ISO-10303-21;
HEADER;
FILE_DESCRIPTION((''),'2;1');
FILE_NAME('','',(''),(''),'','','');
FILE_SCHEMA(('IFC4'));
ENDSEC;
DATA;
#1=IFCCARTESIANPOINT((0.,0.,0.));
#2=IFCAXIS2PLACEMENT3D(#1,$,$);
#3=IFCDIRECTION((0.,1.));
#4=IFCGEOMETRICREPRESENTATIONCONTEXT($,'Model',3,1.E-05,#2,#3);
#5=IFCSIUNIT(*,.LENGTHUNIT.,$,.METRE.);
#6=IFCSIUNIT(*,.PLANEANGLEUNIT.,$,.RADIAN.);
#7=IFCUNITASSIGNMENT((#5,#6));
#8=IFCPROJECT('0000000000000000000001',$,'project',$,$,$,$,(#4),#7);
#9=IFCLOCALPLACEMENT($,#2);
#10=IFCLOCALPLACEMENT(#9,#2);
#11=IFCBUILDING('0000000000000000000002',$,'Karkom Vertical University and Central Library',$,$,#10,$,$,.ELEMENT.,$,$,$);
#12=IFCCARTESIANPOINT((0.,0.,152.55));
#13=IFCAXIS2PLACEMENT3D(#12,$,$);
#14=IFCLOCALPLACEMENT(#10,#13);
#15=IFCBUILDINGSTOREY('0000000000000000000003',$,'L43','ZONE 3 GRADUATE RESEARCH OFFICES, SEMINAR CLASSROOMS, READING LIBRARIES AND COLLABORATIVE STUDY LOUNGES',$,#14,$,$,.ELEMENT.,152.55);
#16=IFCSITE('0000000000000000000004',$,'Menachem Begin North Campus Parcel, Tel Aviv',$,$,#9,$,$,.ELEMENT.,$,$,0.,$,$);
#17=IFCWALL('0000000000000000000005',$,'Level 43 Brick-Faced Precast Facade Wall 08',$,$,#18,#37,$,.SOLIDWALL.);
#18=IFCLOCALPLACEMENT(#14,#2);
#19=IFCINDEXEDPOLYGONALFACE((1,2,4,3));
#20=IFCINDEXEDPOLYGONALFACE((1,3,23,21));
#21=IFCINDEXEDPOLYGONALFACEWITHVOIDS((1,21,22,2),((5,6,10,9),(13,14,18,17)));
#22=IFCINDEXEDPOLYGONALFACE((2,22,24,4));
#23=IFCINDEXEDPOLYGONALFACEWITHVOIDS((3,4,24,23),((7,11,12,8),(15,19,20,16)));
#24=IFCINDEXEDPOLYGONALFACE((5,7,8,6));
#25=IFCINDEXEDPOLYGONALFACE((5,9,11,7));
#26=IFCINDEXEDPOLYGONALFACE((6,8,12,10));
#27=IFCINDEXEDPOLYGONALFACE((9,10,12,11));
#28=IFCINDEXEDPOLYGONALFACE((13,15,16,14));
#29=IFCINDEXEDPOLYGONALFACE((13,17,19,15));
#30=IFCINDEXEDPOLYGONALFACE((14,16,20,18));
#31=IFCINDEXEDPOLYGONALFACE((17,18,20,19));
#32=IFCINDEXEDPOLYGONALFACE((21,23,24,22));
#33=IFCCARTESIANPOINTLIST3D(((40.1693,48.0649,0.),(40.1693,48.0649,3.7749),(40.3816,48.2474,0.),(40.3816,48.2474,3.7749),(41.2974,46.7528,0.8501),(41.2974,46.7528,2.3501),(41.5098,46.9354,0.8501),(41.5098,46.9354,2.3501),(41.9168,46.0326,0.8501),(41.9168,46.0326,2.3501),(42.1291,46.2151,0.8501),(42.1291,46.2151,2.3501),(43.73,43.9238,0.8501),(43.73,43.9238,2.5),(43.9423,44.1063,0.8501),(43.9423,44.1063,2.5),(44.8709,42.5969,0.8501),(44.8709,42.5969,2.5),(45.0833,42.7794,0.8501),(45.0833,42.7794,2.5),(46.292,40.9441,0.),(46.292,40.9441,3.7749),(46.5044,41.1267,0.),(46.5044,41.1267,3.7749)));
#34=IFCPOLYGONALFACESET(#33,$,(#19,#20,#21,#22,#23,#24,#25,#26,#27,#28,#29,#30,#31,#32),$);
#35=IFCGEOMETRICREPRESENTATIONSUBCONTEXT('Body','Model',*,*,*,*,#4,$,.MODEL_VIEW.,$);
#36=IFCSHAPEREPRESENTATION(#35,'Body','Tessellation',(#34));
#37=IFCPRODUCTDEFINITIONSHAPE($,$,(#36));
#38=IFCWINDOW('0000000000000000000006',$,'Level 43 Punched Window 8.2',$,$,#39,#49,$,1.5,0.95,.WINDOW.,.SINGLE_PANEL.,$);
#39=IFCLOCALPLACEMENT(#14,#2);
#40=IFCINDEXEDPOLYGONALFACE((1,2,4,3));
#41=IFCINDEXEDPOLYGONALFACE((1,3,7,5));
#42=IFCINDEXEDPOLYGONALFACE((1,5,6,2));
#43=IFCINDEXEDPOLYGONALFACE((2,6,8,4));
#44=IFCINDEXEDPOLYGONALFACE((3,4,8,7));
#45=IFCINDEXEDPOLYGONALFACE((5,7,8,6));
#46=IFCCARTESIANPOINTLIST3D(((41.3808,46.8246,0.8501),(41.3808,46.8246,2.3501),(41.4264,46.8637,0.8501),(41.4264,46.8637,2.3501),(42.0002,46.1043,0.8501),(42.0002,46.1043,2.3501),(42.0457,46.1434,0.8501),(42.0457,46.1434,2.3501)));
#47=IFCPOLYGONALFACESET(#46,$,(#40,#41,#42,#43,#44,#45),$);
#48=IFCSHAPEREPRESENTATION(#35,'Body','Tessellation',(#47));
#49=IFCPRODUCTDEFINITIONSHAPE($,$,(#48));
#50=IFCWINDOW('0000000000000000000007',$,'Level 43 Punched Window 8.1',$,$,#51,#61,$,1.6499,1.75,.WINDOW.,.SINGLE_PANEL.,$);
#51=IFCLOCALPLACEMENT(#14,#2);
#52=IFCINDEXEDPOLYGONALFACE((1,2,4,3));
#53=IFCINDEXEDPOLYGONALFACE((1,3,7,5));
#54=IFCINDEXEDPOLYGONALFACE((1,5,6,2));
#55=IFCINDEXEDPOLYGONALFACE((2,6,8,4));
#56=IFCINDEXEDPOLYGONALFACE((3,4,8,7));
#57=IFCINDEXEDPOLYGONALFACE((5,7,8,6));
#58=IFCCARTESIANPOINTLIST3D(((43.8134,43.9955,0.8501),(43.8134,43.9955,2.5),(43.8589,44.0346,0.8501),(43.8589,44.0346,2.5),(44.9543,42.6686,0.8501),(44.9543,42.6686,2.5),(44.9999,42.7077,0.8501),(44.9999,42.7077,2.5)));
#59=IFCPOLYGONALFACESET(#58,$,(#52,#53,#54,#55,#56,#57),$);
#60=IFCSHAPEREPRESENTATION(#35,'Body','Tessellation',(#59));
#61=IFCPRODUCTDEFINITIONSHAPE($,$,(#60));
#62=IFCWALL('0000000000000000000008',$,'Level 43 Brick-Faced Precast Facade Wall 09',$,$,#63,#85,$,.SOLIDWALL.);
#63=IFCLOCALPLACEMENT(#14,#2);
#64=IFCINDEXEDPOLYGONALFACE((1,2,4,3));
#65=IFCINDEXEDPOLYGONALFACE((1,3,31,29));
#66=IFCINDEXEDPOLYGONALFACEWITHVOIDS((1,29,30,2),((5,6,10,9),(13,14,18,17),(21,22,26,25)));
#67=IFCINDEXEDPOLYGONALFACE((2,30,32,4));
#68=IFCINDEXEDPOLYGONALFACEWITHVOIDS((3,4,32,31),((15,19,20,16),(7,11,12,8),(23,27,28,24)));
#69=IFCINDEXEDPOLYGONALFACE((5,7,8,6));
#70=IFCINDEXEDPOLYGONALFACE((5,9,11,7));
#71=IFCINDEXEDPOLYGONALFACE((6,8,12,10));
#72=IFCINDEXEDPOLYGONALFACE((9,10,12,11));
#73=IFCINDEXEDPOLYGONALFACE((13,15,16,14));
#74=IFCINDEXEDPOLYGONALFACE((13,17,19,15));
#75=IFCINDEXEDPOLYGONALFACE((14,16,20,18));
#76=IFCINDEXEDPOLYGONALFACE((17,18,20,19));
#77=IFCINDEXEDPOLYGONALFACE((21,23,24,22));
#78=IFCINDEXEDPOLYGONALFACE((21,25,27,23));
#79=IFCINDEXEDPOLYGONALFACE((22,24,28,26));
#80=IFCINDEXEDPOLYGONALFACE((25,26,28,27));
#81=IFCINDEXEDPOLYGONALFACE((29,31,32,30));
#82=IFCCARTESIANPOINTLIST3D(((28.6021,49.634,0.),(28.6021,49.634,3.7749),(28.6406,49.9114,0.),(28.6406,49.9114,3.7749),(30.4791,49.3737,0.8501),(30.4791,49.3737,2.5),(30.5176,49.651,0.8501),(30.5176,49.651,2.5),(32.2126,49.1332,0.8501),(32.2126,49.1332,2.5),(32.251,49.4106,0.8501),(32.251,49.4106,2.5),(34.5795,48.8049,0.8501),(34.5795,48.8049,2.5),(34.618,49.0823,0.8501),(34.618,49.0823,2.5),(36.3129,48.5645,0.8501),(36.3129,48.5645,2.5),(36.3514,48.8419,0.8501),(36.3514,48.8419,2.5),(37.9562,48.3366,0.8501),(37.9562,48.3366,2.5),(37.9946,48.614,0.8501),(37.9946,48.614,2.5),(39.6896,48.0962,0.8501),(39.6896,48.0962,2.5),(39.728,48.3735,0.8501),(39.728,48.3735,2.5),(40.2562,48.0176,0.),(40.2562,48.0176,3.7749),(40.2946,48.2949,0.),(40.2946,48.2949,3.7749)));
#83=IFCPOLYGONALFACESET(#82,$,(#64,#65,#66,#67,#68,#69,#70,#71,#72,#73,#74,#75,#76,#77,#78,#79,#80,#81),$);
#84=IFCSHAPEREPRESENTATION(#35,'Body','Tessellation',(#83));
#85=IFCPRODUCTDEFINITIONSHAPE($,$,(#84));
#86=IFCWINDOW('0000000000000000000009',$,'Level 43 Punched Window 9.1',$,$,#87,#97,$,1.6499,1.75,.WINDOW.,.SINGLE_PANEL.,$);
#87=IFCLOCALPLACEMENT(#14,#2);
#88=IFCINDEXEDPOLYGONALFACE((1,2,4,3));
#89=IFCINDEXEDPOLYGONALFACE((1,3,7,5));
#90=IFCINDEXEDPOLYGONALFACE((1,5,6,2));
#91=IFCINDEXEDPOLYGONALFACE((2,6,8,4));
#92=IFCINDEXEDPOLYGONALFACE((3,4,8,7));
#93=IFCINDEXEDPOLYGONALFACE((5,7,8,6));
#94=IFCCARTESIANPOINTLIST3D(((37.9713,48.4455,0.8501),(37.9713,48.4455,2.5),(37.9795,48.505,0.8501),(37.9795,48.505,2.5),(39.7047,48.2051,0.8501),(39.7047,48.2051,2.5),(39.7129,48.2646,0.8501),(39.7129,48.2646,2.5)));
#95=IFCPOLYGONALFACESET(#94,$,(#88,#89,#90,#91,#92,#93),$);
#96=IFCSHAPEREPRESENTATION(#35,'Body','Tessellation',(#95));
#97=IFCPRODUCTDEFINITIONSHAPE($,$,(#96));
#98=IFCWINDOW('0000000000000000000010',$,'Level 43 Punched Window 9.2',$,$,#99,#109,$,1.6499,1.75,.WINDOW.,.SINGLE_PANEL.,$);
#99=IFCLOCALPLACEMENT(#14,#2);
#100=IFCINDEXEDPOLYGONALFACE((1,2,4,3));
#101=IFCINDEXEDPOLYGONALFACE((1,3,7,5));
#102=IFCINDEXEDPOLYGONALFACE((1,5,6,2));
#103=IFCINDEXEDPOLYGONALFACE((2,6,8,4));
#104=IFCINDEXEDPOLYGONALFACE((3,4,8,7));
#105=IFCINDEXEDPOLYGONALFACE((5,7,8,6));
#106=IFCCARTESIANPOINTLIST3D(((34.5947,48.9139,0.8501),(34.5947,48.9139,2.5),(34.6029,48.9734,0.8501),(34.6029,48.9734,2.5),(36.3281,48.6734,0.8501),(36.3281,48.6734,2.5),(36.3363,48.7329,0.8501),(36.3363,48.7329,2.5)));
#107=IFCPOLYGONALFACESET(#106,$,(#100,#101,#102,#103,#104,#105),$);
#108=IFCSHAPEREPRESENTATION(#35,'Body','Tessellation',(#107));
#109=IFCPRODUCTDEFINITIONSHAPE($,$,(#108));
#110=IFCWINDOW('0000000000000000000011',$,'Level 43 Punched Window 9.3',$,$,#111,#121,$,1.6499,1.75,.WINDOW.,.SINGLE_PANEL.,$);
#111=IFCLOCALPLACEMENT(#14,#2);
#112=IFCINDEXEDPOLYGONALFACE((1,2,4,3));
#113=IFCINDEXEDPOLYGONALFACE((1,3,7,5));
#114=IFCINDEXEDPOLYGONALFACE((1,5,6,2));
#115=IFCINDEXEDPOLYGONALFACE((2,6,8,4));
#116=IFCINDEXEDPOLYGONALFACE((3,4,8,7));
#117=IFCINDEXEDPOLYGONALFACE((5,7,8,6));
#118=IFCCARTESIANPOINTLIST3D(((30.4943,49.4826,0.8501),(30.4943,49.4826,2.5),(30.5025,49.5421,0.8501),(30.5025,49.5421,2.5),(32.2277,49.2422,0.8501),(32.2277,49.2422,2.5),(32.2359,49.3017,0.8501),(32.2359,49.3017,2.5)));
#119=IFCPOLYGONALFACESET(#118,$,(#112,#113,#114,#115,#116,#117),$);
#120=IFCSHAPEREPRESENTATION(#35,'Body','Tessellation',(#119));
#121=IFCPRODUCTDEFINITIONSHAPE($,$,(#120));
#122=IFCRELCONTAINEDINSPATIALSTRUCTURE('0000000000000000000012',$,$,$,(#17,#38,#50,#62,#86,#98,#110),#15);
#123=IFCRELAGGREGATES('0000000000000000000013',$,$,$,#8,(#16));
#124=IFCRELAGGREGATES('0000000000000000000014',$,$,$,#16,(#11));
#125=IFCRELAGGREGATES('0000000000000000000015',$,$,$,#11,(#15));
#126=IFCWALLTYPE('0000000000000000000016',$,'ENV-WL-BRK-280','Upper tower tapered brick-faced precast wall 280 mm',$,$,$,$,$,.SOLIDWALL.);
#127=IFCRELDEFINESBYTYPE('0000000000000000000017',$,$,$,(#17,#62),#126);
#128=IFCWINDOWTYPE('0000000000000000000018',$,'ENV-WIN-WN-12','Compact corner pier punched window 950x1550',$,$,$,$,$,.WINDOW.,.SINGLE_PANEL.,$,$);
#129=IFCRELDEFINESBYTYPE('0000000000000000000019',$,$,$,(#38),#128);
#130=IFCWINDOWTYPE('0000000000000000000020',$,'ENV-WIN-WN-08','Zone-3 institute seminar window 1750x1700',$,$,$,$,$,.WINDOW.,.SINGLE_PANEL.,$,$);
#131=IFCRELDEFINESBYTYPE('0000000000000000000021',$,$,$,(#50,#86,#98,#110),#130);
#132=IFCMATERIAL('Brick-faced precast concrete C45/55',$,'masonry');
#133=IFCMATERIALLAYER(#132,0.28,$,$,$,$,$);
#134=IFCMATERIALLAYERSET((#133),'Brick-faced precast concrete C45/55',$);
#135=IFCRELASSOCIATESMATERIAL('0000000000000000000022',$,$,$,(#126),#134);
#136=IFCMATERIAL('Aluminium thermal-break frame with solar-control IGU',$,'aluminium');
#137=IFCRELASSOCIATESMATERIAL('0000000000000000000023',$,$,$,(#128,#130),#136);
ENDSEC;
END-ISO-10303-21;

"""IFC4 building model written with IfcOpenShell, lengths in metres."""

from ifc_helpers import new_model, si_unit, direction, frame, frame_2d, origin, origin_with_axes, place, context, subcontext, project, spatial, rectangle, extrude, source, transform, mapped, material, layer, layer_set, type_object, element, fill, save


model = new_model("IFC4")

# Units and contexts
model_context = context("Model", 3, precision=1e-05, world=origin(), true_north=direction((0.0, 1.0)))
body_context = subcontext(model_context, "Body", "Model", "MODEL_VIEW")
ifc_project = project(units=[si_unit("LENGTHUNIT", "METRE"), si_unit("PLANEANGLEUNIT", "RADIAN")], contexts=[model_context])

# Site, building, storey
site_placement = place(None, origin())
site = spatial("IfcSite", under=ifc_project, at=site_placement, Name="Menachem Begin North Campus Parcel, Tel Aviv", CompositionType="ELEMENT", RefElevation=0.0)
building_placement = place(site_placement, origin())
building = spatial("IfcBuilding", under=site, at=building_placement, Name="Karkom Vertical University and Central Library", CompositionType="ELEMENT")
storey_placement = place(building_placement, frame((0.0, 0.0, 152.55)))
storey = spatial("IfcBuildingStorey", under=building, at=storey_placement, Name="L43", Description="ZONE 3 GRADUATE RESEARCH OFFICES, SEMINAR CLASSROOMS, READING LIBRARIES AND COLLABORATIVE STUDY LOUNGES", CompositionType="ELEMENT", Elevation=152.55)

# Walls, openings, windows
ifc_material_1 = material(Name="Brick-faced precast concrete C45/55", Category="masonry")
ifc_layer_1 = layer(ifc_material_1, 0.28)
ifc_layer_set_1 = layer_set([ifc_layer_1], Name="Brick-faced precast concrete C45/55")
wall_type_1 = type_object("IfcWallType", Name="ENV-WL-BRK-280", Description="Upper tower tapered brick-faced precast wall 280 mm", PredefinedType="SOLIDWALL", material=ifc_layer_set_1)
wall_1_placement = place(storey_placement, frame((46.3982, 41.0354, 0.0), z_axis=(0.0, 0.0, 1.0), x_axis=(-0.65197, 0.758245, 0.0)))
wall_1 = element("IfcWall", 1, at=wall_1_placement, inside=storey, type_object=wall_type_1, Name="Level 43 Brick-Faced Precast Facade Wall 08", PredefinedType="SOLIDWALL", context=body_context, shape_type="SweptSolid", body=[
    extrude(rectangle(XDim=9.3911, YDim=0.28, at=frame_2d((4.6956, 0.0))), origin(), (0.0, 0.0, 1.0), 3.7749),
])
opening_1_placement = place(wall_1_placement, frame((2.1797, 0.0, 0.8501)))
opening_1 = element("IfcOpeningElement", 2, at=opening_1_placement, cuts=wall_1, PredefinedType="OPENING", context=body_context, shape_type="SweptSolid", body=[
    extrude(rectangle(XDim=1.75, YDim=1.6499, at=frame_2d((0.875, 0.825))), frame((0.0, 0.1499, 0.0), z_axis=(0.0, -1.0, 0.0), x_axis=(1.0, 0.0, 0.0)), (0.0, 0.0, 1.0), 0.3),
])
opening_2_placement = place(wall_1_placement, frame((6.7107, 0.0, 0.8501)))
opening_2 = element("IfcOpeningElement", 3, at=opening_2_placement, cuts=wall_1, PredefinedType="OPENING", context=body_context, shape_type="SweptSolid", body=[
    extrude(rectangle(XDim=0.95, YDim=1.5, at=frame_2d((0.4751, 0.75))), frame((0.0, 0.1499, 0.0), z_axis=(0.0, -1.0, 0.0), x_axis=(1.0, 0.0, 0.0)), (0.0, 0.0, 1.0), 0.3),
])
ifc_material_2 = material(Name="Aluminium thermal-break frame with solar-control IGU", Category="aluminium")
window_type_1 = type_object("IfcWindowType", Name="ENV-WIN-WN-12", Description="Compact corner pier punched window 950x1550", PartitioningType="SINGLE_PANEL", PredefinedType="WINDOW", material=ifc_material_2)
shared_shape_1 = source(origin_with_axes(), body_context, "Body", "SweptSolid", [
    extrude(rectangle(XDim=0.95, YDim=1.5, at=frame_2d((0.4751, 0.75))), frame((0.0, 0.03, 0.0), z_axis=(0.0, -1.0, 0.0), x_axis=(1.0, 0.0, 0.0)), (0.0, 0.0, 1.0), 0.0601),
])
window_1_placement = place(opening_2_placement, origin())
window_1 = element("IfcWindow", 4, at=window_1_placement, inside=storey, type_object=window_type_1, Name="Level 43 Punched Window 8.2", OverallHeight=1.5, OverallWidth=0.95, PartitioningType="SINGLE_PANEL", PredefinedType="WINDOW", context=body_context, shape_type="MappedRepresentation", body=[
    mapped(shared_shape_1, transform((0.0, 0.0, 0.0), scale=1.0)),
])
fill(opening_2, window_1)
window_type_2 = type_object("IfcWindowType", Name="ENV-WIN-WN-08", Description="Zone-3 institute seminar window 1750x1700", PartitioningType="SINGLE_PANEL", PredefinedType="WINDOW", material=ifc_material_2)
shared_shape_2 = source(origin_with_axes(), body_context, "Body", "SweptSolid", [
    extrude(rectangle(XDim=1.75, YDim=1.6499, at=frame_2d((0.875, 0.825))), frame((0.0, 0.03, 0.0), z_axis=(0.0, -1.0, 0.0), x_axis=(1.0, 0.0, 0.0)), (0.0, 0.0, 1.0), 0.0601),
])
window_2_placement = place(opening_1_placement, origin())
window_2 = element("IfcWindow", 5, at=window_2_placement, inside=storey, type_object=window_type_2, Name="Level 43 Punched Window 8.1", OverallHeight=1.6499, OverallWidth=1.75, PartitioningType="SINGLE_PANEL", PredefinedType="WINDOW", context=body_context, shape_type="MappedRepresentation", body=[
    mapped(shared_shape_2, transform((0.0, 0.0, 0.0), scale=1.0)),
])
fill(opening_1, window_2)
wall_2_placement = place(storey_placement, frame((40.2754, 48.1562, 0.0), z_axis=(0.0, 0.0, 1.0), x_axis=(-0.990517, 0.137388, 0.0)))
wall_2 = element("IfcWall", 6, at=wall_2_placement, inside=storey, type_object=wall_type_1, Name="Level 43 Brick-Faced Precast Facade Wall 09", PredefinedType="SOLIDWALL", context=body_context, shape_type="SweptSolid", body=[
    extrude(rectangle(XDim=11.7656, YDim=0.28, at=frame_2d((5.8828, 0.0))), origin(), (0.0, 0.0, 1.0), 3.7749),
])
opening_3_placement = place(wall_2_placement, frame((0.572, 0.0, 0.8501)))
opening_3 = element("IfcOpeningElement", 7, at=opening_3_placement, cuts=wall_2, PredefinedType="OPENING", context=body_context, shape_type="SweptSolid", body=[
    extrude(rectangle(XDim=1.75, YDim=1.6499, at=frame_2d((0.875, 0.825))), frame((0.0, 0.1499, 0.0), z_axis=(0.0, -1.0, 0.0), x_axis=(1.0, 0.0, 0.0)), (0.0, 0.0, 1.0), 0.3),
])
opening_4_placement = place(wall_2_placement, frame((3.981, 0.0, 0.8501)))
opening_4 = element("IfcOpeningElement", 8, at=opening_4_placement, cuts=wall_2, PredefinedType="OPENING", context=body_context, shape_type="SweptSolid", body=[
    extrude(rectangle(XDim=1.75, YDim=1.6499, at=frame_2d((0.875, 0.825))), frame((0.0, 0.1499, 0.0), z_axis=(0.0, -1.0, 0.0), x_axis=(1.0, 0.0, 0.0)), (0.0, 0.0, 1.0), 0.3),
])
opening_5_placement = place(wall_2_placement, frame((8.1206, 0.0, 0.8501)))
opening_5 = element("IfcOpeningElement", 9, at=opening_5_placement, cuts=wall_2, PredefinedType="OPENING", context=body_context, shape_type="SweptSolid", body=[
    extrude(rectangle(XDim=1.75, YDim=1.6499, at=frame_2d((0.875, 0.825))), frame((0.0, 0.1499, 0.0), z_axis=(0.0, -1.0, 0.0), x_axis=(1.0, 0.0, 0.0)), (0.0, 0.0, 1.0), 0.3),
])
window_3_placement = place(opening_3_placement, origin())
window_3 = element("IfcWindow", 10, at=window_3_placement, inside=storey, type_object=window_type_2, Name="Level 43 Punched Window 9.1", OverallHeight=1.6499, OverallWidth=1.75, PartitioningType="SINGLE_PANEL", PredefinedType="WINDOW", context=body_context, shape_type="MappedRepresentation", body=[
    mapped(shared_shape_2, transform((0.0, 0.0, 0.0), scale=1.0)),
])
fill(opening_3, window_3)
window_4_placement = place(opening_4_placement, origin())
window_4 = element("IfcWindow", 11, at=window_4_placement, inside=storey, type_object=window_type_2, Name="Level 43 Punched Window 9.2", OverallHeight=1.6499, OverallWidth=1.75, PartitioningType="SINGLE_PANEL", PredefinedType="WINDOW", context=body_context, shape_type="MappedRepresentation", body=[
    mapped(shared_shape_2, transform((0.0, 0.0, 0.0), scale=1.0)),
])
fill(opening_4, window_4)
window_5_placement = place(opening_5_placement, origin())
window_5 = element("IfcWindow", 12, at=window_5_placement, inside=storey, type_object=window_type_2, Name="Level 43 Punched Window 9.3", OverallHeight=1.6499, OverallWidth=1.75, PartitioningType="SINGLE_PANEL", PredefinedType="WINDOW", context=body_context, shape_type="MappedRepresentation", body=[
    mapped(shared_shape_2, transform((0.0, 0.0, 0.0), scale=1.0)),
])
fill(opening_5, window_5)

save(model, "model.ifc")
